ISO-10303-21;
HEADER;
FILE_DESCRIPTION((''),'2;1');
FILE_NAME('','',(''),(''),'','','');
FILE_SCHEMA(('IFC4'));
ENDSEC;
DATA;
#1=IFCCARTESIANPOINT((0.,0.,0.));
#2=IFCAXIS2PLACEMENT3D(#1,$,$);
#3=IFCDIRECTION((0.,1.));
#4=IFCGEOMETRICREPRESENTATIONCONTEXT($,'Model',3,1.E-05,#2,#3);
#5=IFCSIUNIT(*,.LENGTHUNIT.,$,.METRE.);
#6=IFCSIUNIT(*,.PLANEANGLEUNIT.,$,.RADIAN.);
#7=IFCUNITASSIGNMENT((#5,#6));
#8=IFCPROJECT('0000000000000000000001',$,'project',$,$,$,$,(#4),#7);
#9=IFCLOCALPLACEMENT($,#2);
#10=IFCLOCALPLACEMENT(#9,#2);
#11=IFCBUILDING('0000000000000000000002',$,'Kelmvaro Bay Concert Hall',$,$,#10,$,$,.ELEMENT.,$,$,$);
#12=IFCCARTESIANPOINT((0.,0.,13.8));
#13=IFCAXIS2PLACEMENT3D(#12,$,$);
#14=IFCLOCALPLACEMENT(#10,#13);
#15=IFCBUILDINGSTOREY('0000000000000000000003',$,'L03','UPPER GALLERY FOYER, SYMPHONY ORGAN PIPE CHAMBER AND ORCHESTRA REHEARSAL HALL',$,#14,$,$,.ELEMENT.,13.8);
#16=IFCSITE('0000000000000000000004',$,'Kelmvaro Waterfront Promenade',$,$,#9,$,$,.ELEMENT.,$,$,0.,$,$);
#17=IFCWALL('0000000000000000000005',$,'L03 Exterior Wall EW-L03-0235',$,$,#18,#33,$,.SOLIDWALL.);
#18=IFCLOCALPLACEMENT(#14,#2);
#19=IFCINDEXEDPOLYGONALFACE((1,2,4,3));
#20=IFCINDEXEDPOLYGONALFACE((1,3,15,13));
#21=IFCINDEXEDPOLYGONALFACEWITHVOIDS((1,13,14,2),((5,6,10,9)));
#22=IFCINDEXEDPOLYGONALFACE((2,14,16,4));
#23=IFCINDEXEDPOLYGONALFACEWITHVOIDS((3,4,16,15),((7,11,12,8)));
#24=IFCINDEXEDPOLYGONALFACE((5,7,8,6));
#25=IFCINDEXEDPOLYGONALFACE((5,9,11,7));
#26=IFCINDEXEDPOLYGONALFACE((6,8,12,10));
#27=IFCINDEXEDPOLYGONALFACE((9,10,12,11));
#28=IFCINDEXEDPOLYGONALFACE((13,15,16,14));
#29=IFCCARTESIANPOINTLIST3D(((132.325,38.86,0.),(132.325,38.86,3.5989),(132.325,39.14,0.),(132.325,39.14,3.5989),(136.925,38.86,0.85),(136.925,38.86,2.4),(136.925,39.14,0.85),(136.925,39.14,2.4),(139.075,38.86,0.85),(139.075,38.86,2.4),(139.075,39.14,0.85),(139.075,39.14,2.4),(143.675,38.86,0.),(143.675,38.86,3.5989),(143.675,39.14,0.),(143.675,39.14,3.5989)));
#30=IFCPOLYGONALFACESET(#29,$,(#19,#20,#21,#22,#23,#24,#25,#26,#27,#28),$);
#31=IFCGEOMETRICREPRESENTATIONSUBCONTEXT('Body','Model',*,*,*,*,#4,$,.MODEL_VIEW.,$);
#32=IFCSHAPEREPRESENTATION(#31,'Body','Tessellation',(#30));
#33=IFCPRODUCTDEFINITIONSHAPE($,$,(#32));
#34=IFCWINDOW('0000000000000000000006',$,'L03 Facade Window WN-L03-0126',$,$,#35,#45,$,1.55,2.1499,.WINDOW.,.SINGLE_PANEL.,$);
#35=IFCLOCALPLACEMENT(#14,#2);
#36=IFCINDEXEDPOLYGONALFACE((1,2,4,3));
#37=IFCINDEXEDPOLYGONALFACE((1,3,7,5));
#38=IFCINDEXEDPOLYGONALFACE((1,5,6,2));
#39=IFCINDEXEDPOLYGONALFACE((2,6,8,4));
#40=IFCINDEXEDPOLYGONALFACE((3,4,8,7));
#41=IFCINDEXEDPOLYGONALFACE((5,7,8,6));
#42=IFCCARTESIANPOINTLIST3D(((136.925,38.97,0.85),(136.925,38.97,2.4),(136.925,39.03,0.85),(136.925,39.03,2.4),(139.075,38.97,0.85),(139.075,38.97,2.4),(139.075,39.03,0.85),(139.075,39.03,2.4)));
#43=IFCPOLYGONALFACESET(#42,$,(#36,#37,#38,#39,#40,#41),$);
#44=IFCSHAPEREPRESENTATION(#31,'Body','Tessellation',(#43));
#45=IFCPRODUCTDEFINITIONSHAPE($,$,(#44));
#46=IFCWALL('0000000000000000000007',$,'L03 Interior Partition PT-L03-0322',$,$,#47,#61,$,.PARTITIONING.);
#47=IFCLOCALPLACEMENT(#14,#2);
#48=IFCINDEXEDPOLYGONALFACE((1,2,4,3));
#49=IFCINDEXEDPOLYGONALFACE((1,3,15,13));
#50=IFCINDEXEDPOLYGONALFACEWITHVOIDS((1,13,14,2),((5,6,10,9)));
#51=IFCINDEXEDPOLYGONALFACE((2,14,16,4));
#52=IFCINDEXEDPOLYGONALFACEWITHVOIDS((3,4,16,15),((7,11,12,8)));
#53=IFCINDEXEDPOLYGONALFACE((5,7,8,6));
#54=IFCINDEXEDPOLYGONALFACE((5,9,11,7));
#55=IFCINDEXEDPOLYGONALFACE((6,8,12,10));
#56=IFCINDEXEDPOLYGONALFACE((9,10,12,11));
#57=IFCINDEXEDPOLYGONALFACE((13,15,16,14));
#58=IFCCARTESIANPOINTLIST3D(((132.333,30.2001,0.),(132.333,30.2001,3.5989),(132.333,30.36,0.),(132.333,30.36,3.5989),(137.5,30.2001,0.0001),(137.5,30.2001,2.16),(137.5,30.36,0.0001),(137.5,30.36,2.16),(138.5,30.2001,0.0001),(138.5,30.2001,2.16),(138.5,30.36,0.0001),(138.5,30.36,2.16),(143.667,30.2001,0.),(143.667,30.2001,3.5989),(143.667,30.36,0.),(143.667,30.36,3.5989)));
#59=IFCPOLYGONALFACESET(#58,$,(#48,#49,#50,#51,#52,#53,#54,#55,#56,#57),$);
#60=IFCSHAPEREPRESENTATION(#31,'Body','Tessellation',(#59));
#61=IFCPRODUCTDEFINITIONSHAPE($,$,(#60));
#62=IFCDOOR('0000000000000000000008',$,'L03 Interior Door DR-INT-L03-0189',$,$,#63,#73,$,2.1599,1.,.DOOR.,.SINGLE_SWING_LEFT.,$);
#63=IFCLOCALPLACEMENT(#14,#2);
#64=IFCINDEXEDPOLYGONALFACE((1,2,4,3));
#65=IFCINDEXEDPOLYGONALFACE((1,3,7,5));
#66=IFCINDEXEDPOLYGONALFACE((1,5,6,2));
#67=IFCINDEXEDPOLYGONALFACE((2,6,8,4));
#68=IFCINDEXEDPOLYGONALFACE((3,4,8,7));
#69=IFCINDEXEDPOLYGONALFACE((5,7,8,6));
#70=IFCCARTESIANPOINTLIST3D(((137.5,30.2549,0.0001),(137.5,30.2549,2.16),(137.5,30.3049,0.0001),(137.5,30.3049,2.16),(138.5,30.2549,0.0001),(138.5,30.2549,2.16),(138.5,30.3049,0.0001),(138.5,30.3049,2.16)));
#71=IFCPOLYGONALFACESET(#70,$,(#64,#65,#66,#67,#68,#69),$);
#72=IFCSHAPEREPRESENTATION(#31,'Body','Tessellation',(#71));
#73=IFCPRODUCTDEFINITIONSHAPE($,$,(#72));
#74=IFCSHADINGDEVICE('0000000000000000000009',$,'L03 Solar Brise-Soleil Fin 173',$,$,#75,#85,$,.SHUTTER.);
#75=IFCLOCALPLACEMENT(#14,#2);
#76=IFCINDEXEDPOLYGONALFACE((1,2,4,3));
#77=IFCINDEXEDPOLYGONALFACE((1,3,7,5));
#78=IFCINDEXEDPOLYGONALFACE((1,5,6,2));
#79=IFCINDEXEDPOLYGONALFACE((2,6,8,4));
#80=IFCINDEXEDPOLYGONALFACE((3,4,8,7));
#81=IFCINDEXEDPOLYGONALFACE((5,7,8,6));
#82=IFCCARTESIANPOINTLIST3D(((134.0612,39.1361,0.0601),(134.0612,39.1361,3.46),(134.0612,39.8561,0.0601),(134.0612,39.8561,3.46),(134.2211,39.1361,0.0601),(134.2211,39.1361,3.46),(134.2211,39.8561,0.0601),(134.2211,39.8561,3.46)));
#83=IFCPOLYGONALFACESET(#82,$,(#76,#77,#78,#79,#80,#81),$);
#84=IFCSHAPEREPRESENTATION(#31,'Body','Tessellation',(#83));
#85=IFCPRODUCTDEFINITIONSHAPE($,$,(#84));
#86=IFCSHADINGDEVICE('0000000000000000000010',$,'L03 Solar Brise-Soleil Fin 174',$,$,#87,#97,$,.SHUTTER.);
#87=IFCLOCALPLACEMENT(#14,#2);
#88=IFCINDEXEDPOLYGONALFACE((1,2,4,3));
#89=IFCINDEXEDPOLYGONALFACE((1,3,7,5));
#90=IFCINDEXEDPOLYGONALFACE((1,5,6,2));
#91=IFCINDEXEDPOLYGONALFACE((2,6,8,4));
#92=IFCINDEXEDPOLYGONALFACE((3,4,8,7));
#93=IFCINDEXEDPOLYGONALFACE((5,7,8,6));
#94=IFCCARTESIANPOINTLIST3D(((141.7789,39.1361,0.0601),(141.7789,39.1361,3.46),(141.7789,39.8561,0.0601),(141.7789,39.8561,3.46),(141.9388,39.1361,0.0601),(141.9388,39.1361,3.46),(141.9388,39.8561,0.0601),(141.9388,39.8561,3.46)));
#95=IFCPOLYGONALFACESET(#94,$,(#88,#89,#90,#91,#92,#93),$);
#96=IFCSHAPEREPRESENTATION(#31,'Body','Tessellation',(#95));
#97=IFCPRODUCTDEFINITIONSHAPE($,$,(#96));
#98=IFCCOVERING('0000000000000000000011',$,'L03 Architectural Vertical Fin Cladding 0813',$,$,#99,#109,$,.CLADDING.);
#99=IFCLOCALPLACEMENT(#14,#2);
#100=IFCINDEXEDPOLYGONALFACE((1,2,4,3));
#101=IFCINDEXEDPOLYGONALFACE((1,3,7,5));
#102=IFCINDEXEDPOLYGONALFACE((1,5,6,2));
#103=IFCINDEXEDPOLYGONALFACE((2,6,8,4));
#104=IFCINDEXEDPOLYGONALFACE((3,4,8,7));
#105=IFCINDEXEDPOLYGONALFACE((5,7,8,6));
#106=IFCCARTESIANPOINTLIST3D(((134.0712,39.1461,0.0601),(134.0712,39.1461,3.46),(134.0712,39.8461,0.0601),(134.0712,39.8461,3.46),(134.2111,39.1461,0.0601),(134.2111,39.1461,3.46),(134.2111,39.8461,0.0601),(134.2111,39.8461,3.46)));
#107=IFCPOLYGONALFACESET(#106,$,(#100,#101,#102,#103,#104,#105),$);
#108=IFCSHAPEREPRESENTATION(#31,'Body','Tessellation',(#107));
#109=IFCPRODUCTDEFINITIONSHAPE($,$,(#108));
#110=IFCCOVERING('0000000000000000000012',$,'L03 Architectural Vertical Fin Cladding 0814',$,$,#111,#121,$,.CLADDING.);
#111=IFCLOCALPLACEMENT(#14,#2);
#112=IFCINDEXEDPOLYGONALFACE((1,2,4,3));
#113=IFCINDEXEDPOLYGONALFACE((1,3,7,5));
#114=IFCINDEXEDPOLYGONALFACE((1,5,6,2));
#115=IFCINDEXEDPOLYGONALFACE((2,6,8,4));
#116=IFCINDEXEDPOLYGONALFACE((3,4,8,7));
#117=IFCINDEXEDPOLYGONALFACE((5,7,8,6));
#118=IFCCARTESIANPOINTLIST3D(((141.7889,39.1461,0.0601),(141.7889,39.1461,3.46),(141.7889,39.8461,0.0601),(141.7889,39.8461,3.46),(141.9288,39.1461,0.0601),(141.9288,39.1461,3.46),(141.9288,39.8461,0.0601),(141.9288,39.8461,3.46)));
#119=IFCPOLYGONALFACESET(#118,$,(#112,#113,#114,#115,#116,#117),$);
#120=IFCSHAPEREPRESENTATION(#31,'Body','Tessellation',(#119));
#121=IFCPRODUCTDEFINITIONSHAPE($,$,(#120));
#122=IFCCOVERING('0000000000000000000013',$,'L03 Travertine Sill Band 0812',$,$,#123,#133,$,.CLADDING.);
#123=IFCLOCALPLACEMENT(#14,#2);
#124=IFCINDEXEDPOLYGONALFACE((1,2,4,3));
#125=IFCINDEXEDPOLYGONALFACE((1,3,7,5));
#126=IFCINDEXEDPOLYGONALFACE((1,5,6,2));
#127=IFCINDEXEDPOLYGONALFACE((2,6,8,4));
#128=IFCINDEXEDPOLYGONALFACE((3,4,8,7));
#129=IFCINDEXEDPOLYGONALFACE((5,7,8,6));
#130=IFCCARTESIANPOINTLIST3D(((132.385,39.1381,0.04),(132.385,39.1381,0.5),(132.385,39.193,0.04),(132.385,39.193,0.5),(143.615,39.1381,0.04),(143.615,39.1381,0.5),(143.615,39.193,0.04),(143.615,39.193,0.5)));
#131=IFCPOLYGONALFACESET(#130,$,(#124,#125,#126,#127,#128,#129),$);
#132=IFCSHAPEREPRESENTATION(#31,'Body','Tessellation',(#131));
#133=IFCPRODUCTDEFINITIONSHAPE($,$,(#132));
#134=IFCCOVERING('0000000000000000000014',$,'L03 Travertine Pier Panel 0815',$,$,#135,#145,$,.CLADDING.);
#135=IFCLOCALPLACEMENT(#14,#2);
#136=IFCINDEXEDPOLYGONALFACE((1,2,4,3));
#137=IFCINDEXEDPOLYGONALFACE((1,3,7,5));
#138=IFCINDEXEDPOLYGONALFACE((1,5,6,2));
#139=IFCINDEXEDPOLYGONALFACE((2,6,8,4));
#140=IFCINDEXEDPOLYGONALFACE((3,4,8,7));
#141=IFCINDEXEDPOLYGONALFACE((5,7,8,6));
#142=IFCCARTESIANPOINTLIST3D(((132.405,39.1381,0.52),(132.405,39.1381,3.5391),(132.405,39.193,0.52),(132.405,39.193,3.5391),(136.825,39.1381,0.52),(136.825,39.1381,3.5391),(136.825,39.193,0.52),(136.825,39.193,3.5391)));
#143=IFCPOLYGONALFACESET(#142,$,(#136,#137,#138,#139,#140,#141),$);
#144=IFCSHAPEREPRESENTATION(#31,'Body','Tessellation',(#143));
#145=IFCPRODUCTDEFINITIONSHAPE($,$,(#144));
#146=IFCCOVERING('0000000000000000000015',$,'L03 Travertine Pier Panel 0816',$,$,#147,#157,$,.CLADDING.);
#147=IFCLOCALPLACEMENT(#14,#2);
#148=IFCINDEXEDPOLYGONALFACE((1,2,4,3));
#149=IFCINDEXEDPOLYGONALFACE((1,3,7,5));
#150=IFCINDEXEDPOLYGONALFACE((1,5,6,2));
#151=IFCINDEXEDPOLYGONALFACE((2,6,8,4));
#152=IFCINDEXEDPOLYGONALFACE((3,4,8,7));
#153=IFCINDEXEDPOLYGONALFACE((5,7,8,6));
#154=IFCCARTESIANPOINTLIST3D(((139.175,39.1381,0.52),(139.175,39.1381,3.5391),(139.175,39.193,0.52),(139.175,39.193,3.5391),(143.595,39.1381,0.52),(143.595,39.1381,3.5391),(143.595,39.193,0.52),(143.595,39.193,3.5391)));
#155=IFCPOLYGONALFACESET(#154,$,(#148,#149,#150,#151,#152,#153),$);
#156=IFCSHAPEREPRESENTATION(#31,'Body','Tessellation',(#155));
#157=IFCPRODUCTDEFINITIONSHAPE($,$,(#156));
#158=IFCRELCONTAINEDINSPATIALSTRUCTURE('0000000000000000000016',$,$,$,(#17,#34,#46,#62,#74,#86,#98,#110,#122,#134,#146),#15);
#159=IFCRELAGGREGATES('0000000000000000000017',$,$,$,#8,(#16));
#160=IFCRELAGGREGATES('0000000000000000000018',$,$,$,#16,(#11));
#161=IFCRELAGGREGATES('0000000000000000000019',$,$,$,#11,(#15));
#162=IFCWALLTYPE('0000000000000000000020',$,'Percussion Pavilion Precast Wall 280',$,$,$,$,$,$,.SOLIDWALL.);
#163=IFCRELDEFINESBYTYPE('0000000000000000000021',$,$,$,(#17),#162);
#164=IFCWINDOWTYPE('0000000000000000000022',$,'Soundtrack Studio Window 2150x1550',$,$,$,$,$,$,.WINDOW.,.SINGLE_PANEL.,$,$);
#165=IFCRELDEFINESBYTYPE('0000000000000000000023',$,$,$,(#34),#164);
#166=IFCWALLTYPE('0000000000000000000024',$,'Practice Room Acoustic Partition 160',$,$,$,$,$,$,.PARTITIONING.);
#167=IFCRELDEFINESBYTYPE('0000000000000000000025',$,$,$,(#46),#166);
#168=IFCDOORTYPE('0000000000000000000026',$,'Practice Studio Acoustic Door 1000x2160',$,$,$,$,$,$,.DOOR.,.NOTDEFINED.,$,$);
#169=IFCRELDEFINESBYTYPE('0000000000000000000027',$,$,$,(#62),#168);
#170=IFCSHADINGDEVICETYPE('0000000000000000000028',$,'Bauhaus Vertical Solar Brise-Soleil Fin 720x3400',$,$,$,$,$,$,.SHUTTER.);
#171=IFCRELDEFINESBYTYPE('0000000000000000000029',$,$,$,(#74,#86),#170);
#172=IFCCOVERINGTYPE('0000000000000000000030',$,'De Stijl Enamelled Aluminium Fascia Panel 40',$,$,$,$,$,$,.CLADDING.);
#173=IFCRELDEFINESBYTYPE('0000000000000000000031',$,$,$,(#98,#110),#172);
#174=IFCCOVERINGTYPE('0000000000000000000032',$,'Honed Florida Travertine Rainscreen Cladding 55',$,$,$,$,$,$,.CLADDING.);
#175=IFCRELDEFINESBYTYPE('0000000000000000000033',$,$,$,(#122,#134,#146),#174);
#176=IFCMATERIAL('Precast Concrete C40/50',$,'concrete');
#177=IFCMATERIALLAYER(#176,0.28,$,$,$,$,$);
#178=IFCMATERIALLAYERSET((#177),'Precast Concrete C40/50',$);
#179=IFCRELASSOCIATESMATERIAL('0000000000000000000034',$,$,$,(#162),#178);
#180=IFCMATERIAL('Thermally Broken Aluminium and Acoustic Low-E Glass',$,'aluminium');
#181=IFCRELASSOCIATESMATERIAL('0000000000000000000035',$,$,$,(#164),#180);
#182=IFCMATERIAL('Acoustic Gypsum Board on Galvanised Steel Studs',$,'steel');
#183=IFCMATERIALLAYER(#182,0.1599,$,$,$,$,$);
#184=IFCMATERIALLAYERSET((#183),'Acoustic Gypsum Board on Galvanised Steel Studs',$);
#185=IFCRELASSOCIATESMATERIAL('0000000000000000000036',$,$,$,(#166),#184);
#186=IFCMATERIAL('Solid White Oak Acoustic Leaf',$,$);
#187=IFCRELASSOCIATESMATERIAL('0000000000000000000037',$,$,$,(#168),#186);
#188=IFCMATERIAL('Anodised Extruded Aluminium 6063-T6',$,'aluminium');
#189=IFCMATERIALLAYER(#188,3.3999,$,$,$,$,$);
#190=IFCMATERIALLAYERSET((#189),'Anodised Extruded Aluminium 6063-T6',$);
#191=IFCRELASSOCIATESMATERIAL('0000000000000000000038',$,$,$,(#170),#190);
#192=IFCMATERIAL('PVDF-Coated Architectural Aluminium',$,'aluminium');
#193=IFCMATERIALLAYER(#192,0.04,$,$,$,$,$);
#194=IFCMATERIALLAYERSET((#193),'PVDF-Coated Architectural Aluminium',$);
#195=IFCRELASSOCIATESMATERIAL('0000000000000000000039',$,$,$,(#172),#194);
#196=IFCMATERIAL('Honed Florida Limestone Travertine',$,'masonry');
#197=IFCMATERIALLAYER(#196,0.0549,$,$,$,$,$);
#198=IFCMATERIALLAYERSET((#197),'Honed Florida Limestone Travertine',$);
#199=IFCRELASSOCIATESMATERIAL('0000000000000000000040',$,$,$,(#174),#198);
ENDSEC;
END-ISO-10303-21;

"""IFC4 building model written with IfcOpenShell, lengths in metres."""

from ifc_helpers import new_model, si_unit, direction, frame, frame_2d, origin, origin_2d, place, context, subcontext, project, spatial, rectangle, extrude, material, layer, layer_set, type_object, element, fill, save


model = new_model("IFC4")

# Units and contexts
model_context = context("Model", 3, precision=1e-05, world=origin(), true_north=direction((0.0, 1.0)))
body_context = subcontext(model_context, "Body", "Model", "MODEL_VIEW")
ifc_project = project(units=[si_unit("LENGTHUNIT", "METRE"), si_unit("PLANEANGLEUNIT", "RADIAN")], contexts=[model_context])

# Site, building, storey
site_placement = place(None, origin())
site = spatial("IfcSite", under=ifc_project, at=site_placement, Name="Kelmvaro Waterfront Promenade", CompositionType="ELEMENT", RefElevation=0.0)
building_placement = place(site_placement, origin())
building = spatial("IfcBuilding", under=site, at=building_placement, Name="Kelmvaro Bay Concert Hall", CompositionType="ELEMENT")
storey_placement = place(building_placement, frame((0.0, 0.0, 13.8)))
storey = spatial("IfcBuildingStorey", under=building, at=storey_placement, Name="L03", Description="UPPER GALLERY FOYER, SYMPHONY ORGAN PIPE CHAMBER AND ORCHESTRA REHEARSAL HALL", CompositionType="ELEMENT", Elevation=13.8)

# Wall, opening, window
ifc_material_1 = material(Name="Precast Concrete C40/50", Category="concrete")
ifc_layer_1 = layer(ifc_material_1, 0.28)
ifc_layer_set_1 = layer_set([ifc_layer_1], Name="Precast Concrete C40/50")
wall_type_1 = type_object("IfcWallType", Name="Percussion Pavilion Precast Wall 280", PredefinedType="SOLIDWALL", material=ifc_layer_set_1)
wall_1_placement = place(storey_placement, frame((132.325, 39.0, 0.0), z_axis=(0.0, 0.0, 1.0), x_axis=(1.0, 0.0, 0.0)))
wall_1 = element("IfcWall", 1, at=wall_1_placement, inside=storey, type_object=wall_type_1, Name="L03 Exterior Wall EW-L03-0235", PredefinedType="SOLIDWALL", context=body_context, shape_type="SweptSolid", body=[
    extrude(rectangle(XDim=11.3501, YDim=0.28, at=frame_2d((5.675, 0.0))), origin(), (0.0, 0.0, 1.0), 3.5989),
])
opening_1_placement = place(wall_1_placement, frame((4.6001, 0.0, 0.8501)))
opening_1 = element("IfcOpeningElement", 2, at=opening_1_placement, cuts=wall_1, PredefinedType="OPENING", context=body_context, shape_type="SweptSolid", body=[
    extrude(rectangle(XDim=2.1499, YDim=1.55, at=frame_2d((1.075, 0.7749))), frame((0.0, 0.1499, 0.0), z_axis=(0.0, -1.0, 0.0), x_axis=(1.0, 0.0, 0.0)), (0.0, 0.0, 1.0), 0.3),
])
ifc_material_2 = material(Name="Thermally Broken Aluminium and Acoustic Low-E Glass", Category="aluminium")
window_type = type_object("IfcWindowType", Name="Soundtrack Studio Window 2150x1550", PartitioningType="SINGLE_PANEL", PredefinedType="WINDOW", material=ifc_material_2)
window_placement = place(opening_1_placement, origin())
window = element("IfcWindow", 3, at=window_placement, inside=storey, type_object=window_type, Name="L03 Facade Window WN-L03-0126", OverallHeight=1.55, OverallWidth=2.1499, PartitioningType="SINGLE_PANEL", PredefinedType="WINDOW", context=body_context, shape_type="SweptSolid", body=[
    extrude(rectangle(XDim=2.1499, YDim=1.55, at=frame_2d((1.075, 0.7749))), frame((0.0, 0.03, 0.0), z_axis=(0.0, -1.0, 0.0), x_axis=(1.0, 0.0, 0.0)), (0.0, 0.0, 1.0), 0.0601),
])
fill(opening_1, window)

# Wall, opening, door
ifc_material_3 = material(Name="Acoustic Gypsum Board on Galvanised Steel Studs", Category="steel")
ifc_layer_2 = layer(ifc_material_3, 0.1599)
ifc_layer_set_2 = layer_set([ifc_layer_2], Name="Acoustic Gypsum Board on Galvanised Steel Studs")
wall_type_2 = type_object("IfcWallType", Name="Practice Room Acoustic Partition 160", PredefinedType="PARTITIONING", material=ifc_layer_set_2)
wall_2_placement = place(storey_placement, frame((132.333, 30.28, 0.0), z_axis=(0.0, 0.0, 1.0), x_axis=(1.0, 0.0, 0.0)))
wall_2 = element("IfcWall", 4, at=wall_2_placement, inside=storey, type_object=wall_type_2, Name="L03 Interior Partition PT-L03-0322", PredefinedType="PARTITIONING", context=body_context, shape_type="SweptSolid", body=[
    extrude(rectangle(XDim=11.334, YDim=0.1599, at=frame_2d((5.667, 0.0))), origin(), (0.0, 0.0, 1.0), 3.5989),
])
opening_2_placement = place(wall_2_placement, frame((5.167, 0.0, 0.0)))
opening_2 = element("IfcOpeningElement", 5, at=opening_2_placement, cuts=wall_2, PredefinedType="OPENING", context=body_context, shape_type="SweptSolid", body=[
    extrude(rectangle(XDim=1.0, YDim=2.1599, at=frame_2d((0.5, 1.0801))), frame((0.0, 0.0898, 0.0), z_axis=(0.0, -1.0, 0.0), x_axis=(1.0, 0.0, 0.0)), (0.0, 0.0, 1.0), 0.1799),
])
ifc_material_4 = material(Name="Solid White Oak Acoustic Leaf")
door_type = type_object("IfcDoorType", Name="Practice Studio Acoustic Door 1000x2160", OperationType="NOTDEFINED", PredefinedType="DOOR", material=ifc_material_4)
door_placement = place(opening_2_placement, origin())
door = element("IfcDoor", 6, at=door_placement, inside=storey, type_object=door_type, Name="L03 Interior Door DR-INT-L03-0189", OperationType="SINGLE_SWING_LEFT", OverallHeight=2.1599, OverallWidth=1.0, PredefinedType="DOOR", context=body_context, shape_type="SweptSolid", body=[
    extrude(rectangle(XDim=1.0, YDim=2.1599, at=frame_2d((0.5, 1.0801))), frame((0.0, 0.0249, 0.0), z_axis=(0.0, -1.0, 0.0), x_axis=(1.0, 0.0, 0.0)), (0.0, 0.0, 1.0), 0.05),
])
fill(opening_2, door)

# Shading devices
ifc_material_5 = material(Name="Anodised Extruded Aluminium 6063-T6", Category="aluminium")
ifc_layer_3 = layer(ifc_material_5, 3.3999)
ifc_layer_set_3 = layer_set([ifc_layer_3], Name="Anodised Extruded Aluminium 6063-T6")
shading_device_type = type_object("IfcShadingDeviceType", Name="Bauhaus Vertical Solar Brise-Soleil Fin 720x3400", PredefinedType="SHUTTER", material=ifc_layer_set_3)
for number, where, z_axis, x_axis, name in (
    (7, (134.1411, 39.4961, 0.0601), (0.0, 0.0, 1.0), (1.0, 0.0, 0.0), "L03 Solar Brise-Soleil Fin 173"),
    (8, (141.8589, 39.4961, 0.0601), (0.0, 0.0, 1.0), (1.0, 0.0, 0.0), "L03 Solar Brise-Soleil Fin 174"),
):
    element("IfcShadingDevice", number, at=place(storey_placement, frame(where, z_axis=z_axis, x_axis=x_axis)), inside=storey, type_object=shading_device_type, Name=name, PredefinedType="SHUTTER", context=body_context, shape_type="SweptSolid", body=[
        extrude(rectangle(XDim=0.1599, YDim=0.72, at=origin_2d()), origin(), (0.0, 0.0, 1.0), 3.3999),
    ])

# Coverings
ifc_material_6 = material(Name="PVDF-Coated Architectural Aluminium", Category="aluminium")
ifc_layer_4 = layer(ifc_material_6, 0.04)
ifc_layer_set_4 = layer_set([ifc_layer_4], Name="PVDF-Coated Architectural Aluminium")
covering_type_1 = type_object("IfcCoveringType", Name="De Stijl Enamelled Aluminium Fascia Panel 40", PredefinedType="CLADDING", material=ifc_layer_set_4)
for number, where, z_axis, x_axis, name in (
    (9, (134.1411, 39.4961, 0.0601), (0.0, 0.0, 1.0), (1.0, 0.0, 0.0), "L03 Architectural Vertical Fin Cladding 0813"),
    (10, (141.8589, 39.4961, 0.0601), (0.0, 0.0, 1.0), (1.0, 0.0, 0.0), "L03 Architectural Vertical Fin Cladding 0814"),
):
    element("IfcCovering", number, at=place(storey_placement, frame(where, z_axis=z_axis, x_axis=x_axis)), inside=storey, type_object=covering_type_1, Name=name, PredefinedType="CLADDING", context=body_context, shape_type="SweptSolid", body=[
        extrude(rectangle(XDim=0.1399, YDim=0.7, at=origin_2d()), origin(), (0.0, 0.0, 1.0), 3.3999),
    ])
ifc_material_7 = material(Name="Honed Florida Limestone Travertine", Category="masonry")
ifc_layer_5 = layer(ifc_material_7, 0.0549)
ifc_layer_set_5 = layer_set([ifc_layer_5], Name="Honed Florida Limestone Travertine")
covering_type_2 = type_object("IfcCoveringType", Name="Honed Florida Travertine Rainscreen Cladding 55", PredefinedType="CLADDING", material=ifc_layer_set_5)
covering_placement = place(storey_placement, frame((138.0, 39.1655, 0.04), z_axis=(0.0, 0.0, 1.0), x_axis=(1.0, 0.0, 0.0)))
element("IfcCovering", 11, at=covering_placement, inside=storey, type_object=covering_type_2, Name="L03 Travertine Sill Band 0812", PredefinedType="CLADDING", context=body_context, shape_type="SweptSolid", body=[
    extrude(rectangle(XDim=11.23, YDim=0.0549, at=origin_2d()), origin(), (0.0, 0.0, 1.0), 0.46),
])
for number, where, z_axis, x_axis, name in (
    (12, (134.615, 39.1655, 0.52), (0.0, 0.0, 1.0), (1.0, 0.0, 0.0), "L03 Travertine Pier Panel 0815"),
    (13, (141.385, 39.1655, 0.52), (0.0, 0.0, 1.0), (1.0, 0.0, 0.0), "L03 Travertine Pier Panel 0816"),
):
    element("IfcCovering", number, at=place(storey_placement, frame(where, z_axis=z_axis, x_axis=x_axis)), inside=storey, type_object=covering_type_2, Name=name, PredefinedType="CLADDING", context=body_context, shape_type="SweptSolid", body=[
        extrude(rectangle(XDim=4.4199, YDim=0.0549, at=origin_2d()), origin(), (0.0, 0.0, 1.0), 3.019),
    ])

save(model, "model.ifc")
